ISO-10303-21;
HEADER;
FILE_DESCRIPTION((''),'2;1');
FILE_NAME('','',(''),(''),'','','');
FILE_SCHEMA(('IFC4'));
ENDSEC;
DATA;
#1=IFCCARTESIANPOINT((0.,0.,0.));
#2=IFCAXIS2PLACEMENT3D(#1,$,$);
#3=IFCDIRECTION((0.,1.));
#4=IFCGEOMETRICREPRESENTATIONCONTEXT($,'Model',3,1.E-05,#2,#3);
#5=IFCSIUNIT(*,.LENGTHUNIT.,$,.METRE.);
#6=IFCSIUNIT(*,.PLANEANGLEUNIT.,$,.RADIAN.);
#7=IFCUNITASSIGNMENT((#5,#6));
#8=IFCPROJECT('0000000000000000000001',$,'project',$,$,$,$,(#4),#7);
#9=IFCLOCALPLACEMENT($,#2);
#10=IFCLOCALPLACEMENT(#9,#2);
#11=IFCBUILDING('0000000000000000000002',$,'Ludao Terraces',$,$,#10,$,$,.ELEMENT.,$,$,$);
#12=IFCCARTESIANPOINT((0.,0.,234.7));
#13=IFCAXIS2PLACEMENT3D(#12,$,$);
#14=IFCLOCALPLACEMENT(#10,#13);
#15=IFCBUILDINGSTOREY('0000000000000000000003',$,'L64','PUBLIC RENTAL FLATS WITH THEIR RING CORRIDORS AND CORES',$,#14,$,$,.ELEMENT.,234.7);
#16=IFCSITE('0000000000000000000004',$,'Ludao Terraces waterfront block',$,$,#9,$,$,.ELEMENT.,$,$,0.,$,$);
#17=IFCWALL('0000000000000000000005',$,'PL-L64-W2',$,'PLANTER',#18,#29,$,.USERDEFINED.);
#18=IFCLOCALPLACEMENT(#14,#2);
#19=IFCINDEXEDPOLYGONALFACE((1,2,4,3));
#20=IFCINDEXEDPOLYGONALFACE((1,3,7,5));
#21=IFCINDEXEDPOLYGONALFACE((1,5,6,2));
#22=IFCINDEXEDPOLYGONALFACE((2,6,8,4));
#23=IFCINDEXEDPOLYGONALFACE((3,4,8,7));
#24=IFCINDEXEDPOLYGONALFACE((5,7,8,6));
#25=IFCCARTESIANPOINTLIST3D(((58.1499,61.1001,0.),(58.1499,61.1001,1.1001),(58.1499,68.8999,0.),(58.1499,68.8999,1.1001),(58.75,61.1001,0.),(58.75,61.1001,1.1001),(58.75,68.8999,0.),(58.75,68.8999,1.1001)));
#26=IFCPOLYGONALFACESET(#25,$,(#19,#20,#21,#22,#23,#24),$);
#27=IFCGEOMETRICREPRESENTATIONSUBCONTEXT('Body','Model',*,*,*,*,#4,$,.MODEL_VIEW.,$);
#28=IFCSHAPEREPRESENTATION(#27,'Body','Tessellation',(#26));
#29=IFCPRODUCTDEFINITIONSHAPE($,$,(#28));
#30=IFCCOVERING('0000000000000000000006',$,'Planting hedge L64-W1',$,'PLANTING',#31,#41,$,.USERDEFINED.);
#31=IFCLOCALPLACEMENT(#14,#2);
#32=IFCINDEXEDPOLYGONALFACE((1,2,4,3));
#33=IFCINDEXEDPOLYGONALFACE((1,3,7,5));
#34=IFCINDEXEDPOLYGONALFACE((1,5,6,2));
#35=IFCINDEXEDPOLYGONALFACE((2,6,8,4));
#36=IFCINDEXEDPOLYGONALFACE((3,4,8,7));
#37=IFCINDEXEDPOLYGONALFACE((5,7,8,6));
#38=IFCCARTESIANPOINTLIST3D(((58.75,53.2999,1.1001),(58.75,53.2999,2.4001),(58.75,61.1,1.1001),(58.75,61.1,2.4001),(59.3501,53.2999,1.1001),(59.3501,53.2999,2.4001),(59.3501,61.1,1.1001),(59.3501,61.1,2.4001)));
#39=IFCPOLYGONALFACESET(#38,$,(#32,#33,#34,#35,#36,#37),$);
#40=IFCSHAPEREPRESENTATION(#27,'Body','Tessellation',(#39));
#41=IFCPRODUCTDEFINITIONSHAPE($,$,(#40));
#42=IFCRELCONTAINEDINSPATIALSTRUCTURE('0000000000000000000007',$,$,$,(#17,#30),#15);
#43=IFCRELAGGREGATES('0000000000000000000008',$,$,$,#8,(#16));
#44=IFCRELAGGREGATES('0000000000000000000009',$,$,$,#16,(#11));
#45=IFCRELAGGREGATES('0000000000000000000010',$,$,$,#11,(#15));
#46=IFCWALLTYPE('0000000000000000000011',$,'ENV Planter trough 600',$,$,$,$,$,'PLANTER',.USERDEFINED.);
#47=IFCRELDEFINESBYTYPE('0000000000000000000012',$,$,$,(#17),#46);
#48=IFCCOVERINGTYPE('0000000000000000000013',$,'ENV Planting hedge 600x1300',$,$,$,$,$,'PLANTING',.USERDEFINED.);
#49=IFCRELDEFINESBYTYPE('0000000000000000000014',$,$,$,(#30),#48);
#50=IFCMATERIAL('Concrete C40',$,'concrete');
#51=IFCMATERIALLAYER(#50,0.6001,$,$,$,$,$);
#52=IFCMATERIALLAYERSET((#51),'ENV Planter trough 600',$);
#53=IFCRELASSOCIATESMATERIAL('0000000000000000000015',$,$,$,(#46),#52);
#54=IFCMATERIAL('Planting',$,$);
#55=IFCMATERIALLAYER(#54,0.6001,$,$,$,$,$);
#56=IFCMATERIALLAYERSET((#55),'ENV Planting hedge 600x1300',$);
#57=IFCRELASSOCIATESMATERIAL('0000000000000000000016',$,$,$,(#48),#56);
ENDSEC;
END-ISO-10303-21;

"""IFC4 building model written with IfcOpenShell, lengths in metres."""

from ifc_helpers import new_model, si_unit, direction, frame, frame_2d, origin, origin_2d, place, context, subcontext, project, spatial, rectangle, extrude, material, layer, layer_set, type_object, element, save


model = new_model("IFC4")

# Units and contexts
model_context = context("Model", 3, precision=1e-05, world=origin(), true_north=direction((0.0, 1.0)))
body_context = subcontext(model_context, "Body", "Model", "MODEL_VIEW")
ifc_project = project(units=[si_unit("LENGTHUNIT", "METRE"), si_unit("PLANEANGLEUNIT", "RADIAN")], contexts=[model_context])

# Site, building, storey
site_placement = place(None, origin())
site = spatial("IfcSite", under=ifc_project, at=site_placement, Name="Ludao Terraces waterfront block", CompositionType="ELEMENT", RefElevation=0.0)
building_placement = place(site_placement, origin())
building = spatial("IfcBuilding", under=site, at=building_placement, Name="Ludao Terraces", CompositionType="ELEMENT")
storey_placement = place(building_placement, frame((0.0, 0.0, 234.7)))
storey = spatial("IfcBuildingStorey", under=building, at=storey_placement, Name="L64", Description="PUBLIC RENTAL FLATS WITH THEIR RING CORRIDORS AND CORES", CompositionType="ELEMENT", Elevation=234.7)

# Shared definitions
ifc_material_1 = material(Name="Concrete C40", Category="concrete")

# Wall
ifc_layer_1 = layer(ifc_material_1, 0.6001)
ifc_layer_set_1 = layer_set([ifc_layer_1], Name="ENV Planter trough 600")
wall_type = type_object("IfcWallType", Name="ENV Planter trough 600", ElementType="PLANTER", PredefinedType="USERDEFINED", material=ifc_layer_set_1)
wall_1_placement = place(storey_placement, frame((58.45, 61.1001, 0.0), z_axis=(0.0, 0.0, 1.0), x_axis=(0.0, 1.0, 0.0)))
element("IfcWall", 1, at=wall_1_placement, inside=storey, type_object=wall_type, Name="PL-L64-W2", ObjectType="PLANTER", PredefinedType="USERDEFINED", context=body_context, shape_type="SweptSolid", body=[
    extrude(rectangle(XDim=7.7998, YDim=0.6001, at=frame_2d((3.8999, 0.0))), origin(), (0.0, 0.0, 1.0), 1.1001),
])

# Covering
ifc_material_2 = material(Name="Planting")
ifc_layer_2 = layer(ifc_material_2, 0.6001)
ifc_layer_set_2 = layer_set([ifc_layer_2], Name="ENV Planting hedge 600x1300")
covering_type = type_object("IfcCoveringType", Name="ENV Planting hedge 600x1300", ElementType="PLANTING", PredefinedType="USERDEFINED", material=ifc_layer_set_2)
covering_placement = place(storey_placement, frame((59.05, 57.2, 1.1001), z_axis=(0.0, 0.0, 1.0), x_axis=(1.0, 0.0, 0.0)))
element("IfcCovering", 2, at=covering_placement, inside=storey, type_object=covering_type, Name="Planting hedge L64-W1", ObjectType="PLANTING", PredefinedType="USERDEFINED", context=body_context, shape_type="SweptSolid", body=[
    extrude(rectangle(XDim=0.6001, YDim=7.8, at=origin_2d()), origin(), (0.0, 0.0, 1.0), 1.3),
])

save(model, "model.ifc")
